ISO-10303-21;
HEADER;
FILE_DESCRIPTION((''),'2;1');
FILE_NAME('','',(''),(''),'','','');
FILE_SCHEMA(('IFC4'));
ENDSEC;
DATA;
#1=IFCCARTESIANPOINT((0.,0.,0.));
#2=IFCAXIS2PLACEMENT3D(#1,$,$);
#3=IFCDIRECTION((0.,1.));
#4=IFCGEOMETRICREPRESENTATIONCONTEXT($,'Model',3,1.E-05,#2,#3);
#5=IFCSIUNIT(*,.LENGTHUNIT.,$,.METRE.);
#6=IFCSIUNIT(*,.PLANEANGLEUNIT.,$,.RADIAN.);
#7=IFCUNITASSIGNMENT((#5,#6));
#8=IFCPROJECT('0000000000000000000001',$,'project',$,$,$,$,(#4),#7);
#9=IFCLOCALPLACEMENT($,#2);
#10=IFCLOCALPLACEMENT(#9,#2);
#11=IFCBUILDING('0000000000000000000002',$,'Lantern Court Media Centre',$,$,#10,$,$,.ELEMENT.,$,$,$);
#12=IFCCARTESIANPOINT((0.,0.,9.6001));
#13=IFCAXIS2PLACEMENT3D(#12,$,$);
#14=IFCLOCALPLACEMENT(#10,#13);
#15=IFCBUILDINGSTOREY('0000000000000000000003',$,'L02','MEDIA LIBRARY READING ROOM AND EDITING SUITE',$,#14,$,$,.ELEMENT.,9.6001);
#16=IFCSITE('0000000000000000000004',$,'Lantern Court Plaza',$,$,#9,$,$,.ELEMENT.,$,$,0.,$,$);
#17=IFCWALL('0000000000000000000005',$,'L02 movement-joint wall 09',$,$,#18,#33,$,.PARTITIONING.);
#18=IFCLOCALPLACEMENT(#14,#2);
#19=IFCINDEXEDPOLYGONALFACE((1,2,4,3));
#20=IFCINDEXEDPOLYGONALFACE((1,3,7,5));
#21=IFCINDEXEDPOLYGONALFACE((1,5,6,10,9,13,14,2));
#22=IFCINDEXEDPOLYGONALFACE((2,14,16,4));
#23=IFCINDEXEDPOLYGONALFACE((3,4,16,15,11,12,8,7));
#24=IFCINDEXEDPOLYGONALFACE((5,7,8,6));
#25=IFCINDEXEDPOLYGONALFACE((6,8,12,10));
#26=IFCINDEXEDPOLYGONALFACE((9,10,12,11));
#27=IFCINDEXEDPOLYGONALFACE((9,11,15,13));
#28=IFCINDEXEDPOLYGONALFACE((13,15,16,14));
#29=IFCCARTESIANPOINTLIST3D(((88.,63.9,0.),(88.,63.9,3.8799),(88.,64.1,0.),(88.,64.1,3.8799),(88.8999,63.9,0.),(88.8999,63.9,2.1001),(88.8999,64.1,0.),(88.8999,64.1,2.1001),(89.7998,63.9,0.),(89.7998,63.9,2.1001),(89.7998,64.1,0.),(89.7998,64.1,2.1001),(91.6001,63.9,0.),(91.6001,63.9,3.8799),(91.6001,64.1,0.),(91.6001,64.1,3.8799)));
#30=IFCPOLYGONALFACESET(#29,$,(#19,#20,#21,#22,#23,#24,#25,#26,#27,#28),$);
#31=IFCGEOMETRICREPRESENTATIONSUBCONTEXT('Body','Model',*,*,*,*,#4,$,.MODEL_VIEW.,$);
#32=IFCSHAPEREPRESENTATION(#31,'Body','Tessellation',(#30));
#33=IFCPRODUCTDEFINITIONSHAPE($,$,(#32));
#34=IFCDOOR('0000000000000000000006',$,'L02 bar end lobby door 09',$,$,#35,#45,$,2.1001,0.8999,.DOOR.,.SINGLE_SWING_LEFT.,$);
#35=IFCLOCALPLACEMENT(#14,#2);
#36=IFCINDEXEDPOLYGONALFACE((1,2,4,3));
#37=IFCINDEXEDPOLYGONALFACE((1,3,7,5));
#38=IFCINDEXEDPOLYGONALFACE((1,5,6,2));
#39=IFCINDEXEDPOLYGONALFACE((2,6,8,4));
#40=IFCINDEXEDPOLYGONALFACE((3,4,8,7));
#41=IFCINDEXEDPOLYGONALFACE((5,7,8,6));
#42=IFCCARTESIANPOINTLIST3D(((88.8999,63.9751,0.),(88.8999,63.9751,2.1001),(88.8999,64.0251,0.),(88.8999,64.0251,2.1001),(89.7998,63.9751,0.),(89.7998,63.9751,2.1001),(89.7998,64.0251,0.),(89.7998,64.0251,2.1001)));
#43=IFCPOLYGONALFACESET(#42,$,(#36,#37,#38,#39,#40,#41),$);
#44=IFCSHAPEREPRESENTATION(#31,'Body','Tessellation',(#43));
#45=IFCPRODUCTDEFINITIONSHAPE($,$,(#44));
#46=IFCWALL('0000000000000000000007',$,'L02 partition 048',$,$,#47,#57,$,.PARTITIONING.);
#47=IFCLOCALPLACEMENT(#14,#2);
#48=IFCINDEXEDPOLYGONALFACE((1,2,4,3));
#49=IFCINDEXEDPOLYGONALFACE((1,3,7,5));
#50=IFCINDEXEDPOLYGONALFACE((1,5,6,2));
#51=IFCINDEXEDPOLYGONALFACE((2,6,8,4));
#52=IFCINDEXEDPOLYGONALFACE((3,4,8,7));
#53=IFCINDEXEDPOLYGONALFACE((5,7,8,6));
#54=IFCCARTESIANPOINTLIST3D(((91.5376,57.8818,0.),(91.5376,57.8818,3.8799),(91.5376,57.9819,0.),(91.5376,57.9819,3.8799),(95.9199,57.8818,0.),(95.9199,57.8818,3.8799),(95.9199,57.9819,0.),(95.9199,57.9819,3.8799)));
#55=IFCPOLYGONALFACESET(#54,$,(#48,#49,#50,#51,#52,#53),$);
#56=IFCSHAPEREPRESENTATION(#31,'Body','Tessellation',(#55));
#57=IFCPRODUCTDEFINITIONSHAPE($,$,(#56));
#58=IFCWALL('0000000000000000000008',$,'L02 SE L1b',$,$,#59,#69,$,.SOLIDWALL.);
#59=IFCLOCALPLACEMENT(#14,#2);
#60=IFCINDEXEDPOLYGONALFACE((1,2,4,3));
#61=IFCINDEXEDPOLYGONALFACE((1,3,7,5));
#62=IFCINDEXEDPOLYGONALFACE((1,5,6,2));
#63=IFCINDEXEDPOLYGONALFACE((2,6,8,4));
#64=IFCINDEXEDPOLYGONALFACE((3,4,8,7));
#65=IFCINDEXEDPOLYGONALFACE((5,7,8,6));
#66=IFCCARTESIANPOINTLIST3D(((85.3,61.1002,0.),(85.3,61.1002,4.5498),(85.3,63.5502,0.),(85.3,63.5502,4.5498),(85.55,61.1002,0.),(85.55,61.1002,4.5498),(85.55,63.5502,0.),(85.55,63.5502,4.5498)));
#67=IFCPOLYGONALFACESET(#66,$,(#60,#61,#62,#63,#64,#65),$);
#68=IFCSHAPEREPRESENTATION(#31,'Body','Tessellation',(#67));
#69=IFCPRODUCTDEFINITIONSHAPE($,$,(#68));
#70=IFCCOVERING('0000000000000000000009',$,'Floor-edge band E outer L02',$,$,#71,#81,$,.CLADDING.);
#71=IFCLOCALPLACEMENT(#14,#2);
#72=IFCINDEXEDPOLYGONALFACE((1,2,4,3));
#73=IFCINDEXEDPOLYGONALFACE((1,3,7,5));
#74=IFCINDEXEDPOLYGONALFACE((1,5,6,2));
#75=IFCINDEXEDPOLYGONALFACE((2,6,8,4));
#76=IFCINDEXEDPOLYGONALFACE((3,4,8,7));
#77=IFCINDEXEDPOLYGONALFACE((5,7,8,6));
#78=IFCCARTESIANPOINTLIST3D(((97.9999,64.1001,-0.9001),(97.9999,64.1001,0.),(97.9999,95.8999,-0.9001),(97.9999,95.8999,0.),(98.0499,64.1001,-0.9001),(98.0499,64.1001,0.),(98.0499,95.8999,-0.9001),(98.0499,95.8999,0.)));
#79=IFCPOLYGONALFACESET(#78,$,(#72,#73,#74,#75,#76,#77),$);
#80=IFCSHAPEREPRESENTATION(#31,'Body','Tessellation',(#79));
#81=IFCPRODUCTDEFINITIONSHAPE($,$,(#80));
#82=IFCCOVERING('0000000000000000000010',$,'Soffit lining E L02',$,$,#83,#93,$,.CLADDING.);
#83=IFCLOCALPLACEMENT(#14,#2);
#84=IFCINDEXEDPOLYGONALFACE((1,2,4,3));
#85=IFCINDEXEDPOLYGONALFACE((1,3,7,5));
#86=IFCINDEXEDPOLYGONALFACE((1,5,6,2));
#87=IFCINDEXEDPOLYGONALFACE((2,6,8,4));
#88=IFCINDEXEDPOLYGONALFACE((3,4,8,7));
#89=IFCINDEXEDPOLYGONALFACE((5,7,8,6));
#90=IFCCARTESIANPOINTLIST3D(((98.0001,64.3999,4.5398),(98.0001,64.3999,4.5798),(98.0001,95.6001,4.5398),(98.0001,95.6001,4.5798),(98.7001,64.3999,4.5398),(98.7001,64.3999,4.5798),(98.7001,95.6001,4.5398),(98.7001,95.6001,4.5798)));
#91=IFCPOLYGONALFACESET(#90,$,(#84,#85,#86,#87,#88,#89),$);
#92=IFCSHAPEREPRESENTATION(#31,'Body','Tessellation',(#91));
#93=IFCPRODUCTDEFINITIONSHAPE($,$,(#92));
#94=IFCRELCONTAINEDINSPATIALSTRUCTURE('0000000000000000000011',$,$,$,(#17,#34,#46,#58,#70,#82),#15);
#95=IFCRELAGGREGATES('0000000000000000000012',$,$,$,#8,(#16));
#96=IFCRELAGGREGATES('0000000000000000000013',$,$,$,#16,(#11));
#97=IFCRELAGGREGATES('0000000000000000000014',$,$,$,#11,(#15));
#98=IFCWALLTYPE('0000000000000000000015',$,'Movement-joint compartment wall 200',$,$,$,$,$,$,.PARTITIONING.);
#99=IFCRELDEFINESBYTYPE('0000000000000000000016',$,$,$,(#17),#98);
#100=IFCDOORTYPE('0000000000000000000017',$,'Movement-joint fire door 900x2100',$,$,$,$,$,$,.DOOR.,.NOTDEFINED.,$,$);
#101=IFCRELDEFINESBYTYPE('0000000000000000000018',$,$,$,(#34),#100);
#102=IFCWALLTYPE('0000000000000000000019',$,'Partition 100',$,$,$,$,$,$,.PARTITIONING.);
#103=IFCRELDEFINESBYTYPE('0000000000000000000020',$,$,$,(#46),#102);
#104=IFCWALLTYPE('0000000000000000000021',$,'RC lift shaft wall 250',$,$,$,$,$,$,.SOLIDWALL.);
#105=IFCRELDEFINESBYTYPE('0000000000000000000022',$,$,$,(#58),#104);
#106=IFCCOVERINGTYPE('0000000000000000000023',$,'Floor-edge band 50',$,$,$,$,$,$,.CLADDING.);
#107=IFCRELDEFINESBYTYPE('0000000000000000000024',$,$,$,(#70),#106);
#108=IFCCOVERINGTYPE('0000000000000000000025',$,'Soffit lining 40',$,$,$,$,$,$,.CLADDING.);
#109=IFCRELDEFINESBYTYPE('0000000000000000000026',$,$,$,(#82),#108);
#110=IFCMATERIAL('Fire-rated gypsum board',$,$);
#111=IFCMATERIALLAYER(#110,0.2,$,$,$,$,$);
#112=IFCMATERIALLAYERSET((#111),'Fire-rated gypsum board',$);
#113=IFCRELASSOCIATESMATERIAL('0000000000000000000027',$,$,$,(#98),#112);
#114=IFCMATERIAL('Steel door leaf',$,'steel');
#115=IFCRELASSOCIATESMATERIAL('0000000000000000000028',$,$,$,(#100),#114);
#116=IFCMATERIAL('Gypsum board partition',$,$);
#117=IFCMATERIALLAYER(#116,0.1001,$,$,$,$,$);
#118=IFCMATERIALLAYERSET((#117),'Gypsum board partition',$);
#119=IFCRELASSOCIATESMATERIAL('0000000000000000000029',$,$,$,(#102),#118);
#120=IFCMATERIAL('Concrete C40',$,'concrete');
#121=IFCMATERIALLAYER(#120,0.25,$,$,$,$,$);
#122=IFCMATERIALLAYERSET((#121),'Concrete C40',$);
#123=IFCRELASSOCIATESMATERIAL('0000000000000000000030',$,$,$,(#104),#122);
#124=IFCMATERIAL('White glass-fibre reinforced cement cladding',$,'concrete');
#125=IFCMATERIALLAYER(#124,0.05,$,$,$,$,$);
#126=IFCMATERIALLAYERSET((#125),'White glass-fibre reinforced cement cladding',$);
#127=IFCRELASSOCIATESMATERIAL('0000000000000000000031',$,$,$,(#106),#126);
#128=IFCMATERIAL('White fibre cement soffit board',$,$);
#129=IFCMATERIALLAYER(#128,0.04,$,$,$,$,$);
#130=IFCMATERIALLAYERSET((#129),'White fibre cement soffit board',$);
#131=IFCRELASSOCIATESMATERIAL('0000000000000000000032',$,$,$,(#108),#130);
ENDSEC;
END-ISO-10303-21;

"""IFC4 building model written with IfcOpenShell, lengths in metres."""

from ifc_helpers import new_model, si_unit, direction, frame, frame_2d, origin, place, context, subcontext, project, spatial, rectangle, extrude, material, layer, layer_set, type_object, element, fill, save


model = new_model("IFC4")

# Units and contexts
model_context = context("Model", 3, precision=1e-05, world=origin(), true_north=direction((0.0, 1.0)))
body_context = subcontext(model_context, "Body", "Model", "MODEL_VIEW")
ifc_project = project(units=[si_unit("LENGTHUNIT", "METRE"), si_unit("PLANEANGLEUNIT", "RADIAN")], contexts=[model_context])

# Site, building, storey
site_placement = place(None, origin())
site = spatial("IfcSite", under=ifc_project, at=site_placement, Name="Lantern Court Plaza", CompositionType="ELEMENT", RefElevation=0.0)
building_placement = place(site_placement, origin())
building = spatial("IfcBuilding", under=site, at=building_placement, Name="Lantern Court Media Centre", CompositionType="ELEMENT")
storey_placement = place(building_placement, frame((0.0, 0.0, 9.6001)))
storey = spatial("IfcBuildingStorey", under=building, at=storey_placement, Name="L02", Description="MEDIA LIBRARY READING ROOM AND EDITING SUITE", CompositionType="ELEMENT", Elevation=9.6001)

# Shared definitions
ifc_material_1 = material(Name="Concrete C40", Category="concrete")
ifc_material_2 = material(Name="Steel door leaf", Category="steel")

# Wall, opening, door
ifc_material_3 = material(Name="Fire-rated gypsum board")
ifc_layer_1 = layer(ifc_material_3, 0.2)
ifc_layer_set_1 = layer_set([ifc_layer_1], Name="Fire-rated gypsum board")
wall_type_1 = type_object("IfcWallType", Name="Movement-joint compartment wall 200", PredefinedType="PARTITIONING", material=ifc_layer_set_1)
wall_1_placement = place(storey_placement, frame((88.0, 64.0, 0.0), z_axis=(0.0, 0.0, 1.0), x_axis=(1.0, 0.0, 0.0)))
wall_1 = element("IfcWall", 1, at=wall_1_placement, inside=storey, type_object=wall_type_1, Name="L02 movement-joint wall 09", PredefinedType="PARTITIONING", context=body_context, shape_type="SweptSolid", body=[
    extrude(rectangle(XDim=3.6001, YDim=0.2, at=frame_2d((1.8, 0.0))), origin(), (0.0, 0.0, 1.0), 3.8799),
])
opening_1_placement = place(wall_1_placement, frame((0.8999, 0.0, 0.0)))
opening_1 = element("IfcOpeningElement", 2, at=opening_1_placement, cuts=wall_1, PredefinedType="OPENING", context=body_context, shape_type="SweptSolid", body=[
    extrude(rectangle(XDim=0.8999, YDim=2.1001, at=frame_2d((0.45, 1.05))), frame((0.0, 0.1099, 0.0), z_axis=(0.0, -1.0, 0.0), x_axis=(1.0, 0.0, 0.0)), (0.0, 0.0, 1.0), 0.22),
])
door_type_1 = type_object("IfcDoorType", Name="Movement-joint fire door 900x2100", OperationType="NOTDEFINED", PredefinedType="DOOR", material=ifc_material_2)
door_1_placement = place(opening_1_placement, frame((0.8999, 0.0, 0.0), z_axis=(0.0, 0.0, 1.0), x_axis=(-1.0, 0.0, 0.0)))
door_1 = element("IfcDoor", 3, at=door_1_placement, inside=storey, type_object=door_type_1, Name="L02 bar end lobby door 09", OperationType="SINGLE_SWING_LEFT", OverallHeight=2.1001, OverallWidth=0.8999, PredefinedType="DOOR", context=body_context, shape_type="SweptSolid", body=[
    extrude(rectangle(XDim=0.8999, YDim=2.1001, at=frame_2d((0.45, 1.05))), frame((0.0, 0.0249, 0.0), z_axis=(0.0, -1.0, 0.0), x_axis=(1.0, 0.0, 0.0)), (0.0, 0.0, 1.0), 0.05),
])
fill(opening_1, door_1)

# Walls
ifc_material_4 = material(Name="Gypsum board partition")
ifc_layer_2 = layer(ifc_material_4, 0.1001)
ifc_layer_set_2 = layer_set([ifc_layer_2], Name="Gypsum board partition")
wall_type_2 = type_object("IfcWallType", Name="Partition 100", PredefinedType="PARTITIONING", material=ifc_layer_set_2)
wall_2_placement = place(storey_placement, frame((91.5376, 57.9319, 0.0), z_axis=(0.0, 0.0, 1.0), x_axis=(1.0, 0.0, 0.0)))
element("IfcWall", 4, at=wall_2_placement, inside=storey, type_object=wall_type_2, Name="L02 partition 048", PredefinedType="PARTITIONING", context=body_context, shape_type="SweptSolid", body=[
    extrude(rectangle(XDim=4.3823, YDim=0.1001, at=frame_2d((2.1912, 0.0))), origin(), (0.0, 0.0, 1.0), 3.8799),
])
ifc_layer_3 = layer(ifc_material_1, 0.25)
ifc_layer_set_3 = layer_set([ifc_layer_3], Name="Concrete C40")
wall_type_3 = type_object("IfcWallType", Name="RC lift shaft wall 250", PredefinedType="SOLIDWALL", material=ifc_layer_set_3)
wall_3_placement = place(storey_placement, frame((85.425, 61.1001, 0.0), z_axis=(0.0, 0.0, 1.0), x_axis=(0.0, 1.0, 0.0)))
element("IfcWall", 5, at=wall_3_placement, inside=storey, type_object=wall_type_3, Name="L02 SE L1b", PredefinedType="SOLIDWALL", context=body_context, shape_type="SweptSolid", body=[
    extrude(rectangle(XDim=2.45, YDim=0.25, at=frame_2d((1.2251, 0.0))), origin(), (0.0, 0.0, 1.0), 4.5498),
])

# Coverings
ifc_material_5 = material(Name="White glass-fibre reinforced cement cladding", Category="concrete")
ifc_layer_4 = layer(ifc_material_5, 0.05)
ifc_layer_set_4 = layer_set([ifc_layer_4], Name="White glass-fibre reinforced cement cladding")
covering_type_1 = type_object("IfcCoveringType", Name="Floor-edge band 50", PredefinedType="CLADDING", material=ifc_layer_set_4)
covering_1_placement = place(storey_placement, frame((98.0249, 64.1001, -0.9001), z_axis=(0.0, 0.0, 1.0), x_axis=(0.0, 1.0, 0.0)))
element("IfcCovering", 6, at=covering_1_placement, inside=storey, type_object=covering_type_1, Name="Floor-edge band E outer L02", PredefinedType="CLADDING", context=body_context, shape_type="SweptSolid", body=[
    extrude(rectangle(XDim=31.7998, YDim=0.05, at=frame_2d((15.8999, 0.0))), origin(), (0.0, 0.0, 1.0), 0.9001),
])
ifc_material_6 = material(Name="White fibre cement soffit board")
ifc_layer_5 = layer(ifc_material_6, 0.04)
ifc_layer_set_5 = layer_set([ifc_layer_5], Name="White fibre cement soffit board")
covering_type_2 = type_object("IfcCoveringType", Name="Soffit lining 40", PredefinedType="CLADDING", material=ifc_layer_set_5)
covering_2_placement = place(storey_placement, frame((98.3501, 64.3999, 4.5398), z_axis=(0.0, 0.0, 1.0), x_axis=(0.0, 1.0, 0.0)))
element("IfcCovering", 7, at=covering_2_placement, inside=storey, type_object=covering_type_2, Name="Soffit lining E L02", PredefinedType="CLADDING", context=body_context, shape_type="SweptSolid", body=[
    extrude(rectangle(XDim=31.2002, YDim=0.7, at=frame_2d((15.6001, 0.0))), origin(), (0.0, 0.0, 1.0), 0.04),
])

save(model, "model.ifc")
